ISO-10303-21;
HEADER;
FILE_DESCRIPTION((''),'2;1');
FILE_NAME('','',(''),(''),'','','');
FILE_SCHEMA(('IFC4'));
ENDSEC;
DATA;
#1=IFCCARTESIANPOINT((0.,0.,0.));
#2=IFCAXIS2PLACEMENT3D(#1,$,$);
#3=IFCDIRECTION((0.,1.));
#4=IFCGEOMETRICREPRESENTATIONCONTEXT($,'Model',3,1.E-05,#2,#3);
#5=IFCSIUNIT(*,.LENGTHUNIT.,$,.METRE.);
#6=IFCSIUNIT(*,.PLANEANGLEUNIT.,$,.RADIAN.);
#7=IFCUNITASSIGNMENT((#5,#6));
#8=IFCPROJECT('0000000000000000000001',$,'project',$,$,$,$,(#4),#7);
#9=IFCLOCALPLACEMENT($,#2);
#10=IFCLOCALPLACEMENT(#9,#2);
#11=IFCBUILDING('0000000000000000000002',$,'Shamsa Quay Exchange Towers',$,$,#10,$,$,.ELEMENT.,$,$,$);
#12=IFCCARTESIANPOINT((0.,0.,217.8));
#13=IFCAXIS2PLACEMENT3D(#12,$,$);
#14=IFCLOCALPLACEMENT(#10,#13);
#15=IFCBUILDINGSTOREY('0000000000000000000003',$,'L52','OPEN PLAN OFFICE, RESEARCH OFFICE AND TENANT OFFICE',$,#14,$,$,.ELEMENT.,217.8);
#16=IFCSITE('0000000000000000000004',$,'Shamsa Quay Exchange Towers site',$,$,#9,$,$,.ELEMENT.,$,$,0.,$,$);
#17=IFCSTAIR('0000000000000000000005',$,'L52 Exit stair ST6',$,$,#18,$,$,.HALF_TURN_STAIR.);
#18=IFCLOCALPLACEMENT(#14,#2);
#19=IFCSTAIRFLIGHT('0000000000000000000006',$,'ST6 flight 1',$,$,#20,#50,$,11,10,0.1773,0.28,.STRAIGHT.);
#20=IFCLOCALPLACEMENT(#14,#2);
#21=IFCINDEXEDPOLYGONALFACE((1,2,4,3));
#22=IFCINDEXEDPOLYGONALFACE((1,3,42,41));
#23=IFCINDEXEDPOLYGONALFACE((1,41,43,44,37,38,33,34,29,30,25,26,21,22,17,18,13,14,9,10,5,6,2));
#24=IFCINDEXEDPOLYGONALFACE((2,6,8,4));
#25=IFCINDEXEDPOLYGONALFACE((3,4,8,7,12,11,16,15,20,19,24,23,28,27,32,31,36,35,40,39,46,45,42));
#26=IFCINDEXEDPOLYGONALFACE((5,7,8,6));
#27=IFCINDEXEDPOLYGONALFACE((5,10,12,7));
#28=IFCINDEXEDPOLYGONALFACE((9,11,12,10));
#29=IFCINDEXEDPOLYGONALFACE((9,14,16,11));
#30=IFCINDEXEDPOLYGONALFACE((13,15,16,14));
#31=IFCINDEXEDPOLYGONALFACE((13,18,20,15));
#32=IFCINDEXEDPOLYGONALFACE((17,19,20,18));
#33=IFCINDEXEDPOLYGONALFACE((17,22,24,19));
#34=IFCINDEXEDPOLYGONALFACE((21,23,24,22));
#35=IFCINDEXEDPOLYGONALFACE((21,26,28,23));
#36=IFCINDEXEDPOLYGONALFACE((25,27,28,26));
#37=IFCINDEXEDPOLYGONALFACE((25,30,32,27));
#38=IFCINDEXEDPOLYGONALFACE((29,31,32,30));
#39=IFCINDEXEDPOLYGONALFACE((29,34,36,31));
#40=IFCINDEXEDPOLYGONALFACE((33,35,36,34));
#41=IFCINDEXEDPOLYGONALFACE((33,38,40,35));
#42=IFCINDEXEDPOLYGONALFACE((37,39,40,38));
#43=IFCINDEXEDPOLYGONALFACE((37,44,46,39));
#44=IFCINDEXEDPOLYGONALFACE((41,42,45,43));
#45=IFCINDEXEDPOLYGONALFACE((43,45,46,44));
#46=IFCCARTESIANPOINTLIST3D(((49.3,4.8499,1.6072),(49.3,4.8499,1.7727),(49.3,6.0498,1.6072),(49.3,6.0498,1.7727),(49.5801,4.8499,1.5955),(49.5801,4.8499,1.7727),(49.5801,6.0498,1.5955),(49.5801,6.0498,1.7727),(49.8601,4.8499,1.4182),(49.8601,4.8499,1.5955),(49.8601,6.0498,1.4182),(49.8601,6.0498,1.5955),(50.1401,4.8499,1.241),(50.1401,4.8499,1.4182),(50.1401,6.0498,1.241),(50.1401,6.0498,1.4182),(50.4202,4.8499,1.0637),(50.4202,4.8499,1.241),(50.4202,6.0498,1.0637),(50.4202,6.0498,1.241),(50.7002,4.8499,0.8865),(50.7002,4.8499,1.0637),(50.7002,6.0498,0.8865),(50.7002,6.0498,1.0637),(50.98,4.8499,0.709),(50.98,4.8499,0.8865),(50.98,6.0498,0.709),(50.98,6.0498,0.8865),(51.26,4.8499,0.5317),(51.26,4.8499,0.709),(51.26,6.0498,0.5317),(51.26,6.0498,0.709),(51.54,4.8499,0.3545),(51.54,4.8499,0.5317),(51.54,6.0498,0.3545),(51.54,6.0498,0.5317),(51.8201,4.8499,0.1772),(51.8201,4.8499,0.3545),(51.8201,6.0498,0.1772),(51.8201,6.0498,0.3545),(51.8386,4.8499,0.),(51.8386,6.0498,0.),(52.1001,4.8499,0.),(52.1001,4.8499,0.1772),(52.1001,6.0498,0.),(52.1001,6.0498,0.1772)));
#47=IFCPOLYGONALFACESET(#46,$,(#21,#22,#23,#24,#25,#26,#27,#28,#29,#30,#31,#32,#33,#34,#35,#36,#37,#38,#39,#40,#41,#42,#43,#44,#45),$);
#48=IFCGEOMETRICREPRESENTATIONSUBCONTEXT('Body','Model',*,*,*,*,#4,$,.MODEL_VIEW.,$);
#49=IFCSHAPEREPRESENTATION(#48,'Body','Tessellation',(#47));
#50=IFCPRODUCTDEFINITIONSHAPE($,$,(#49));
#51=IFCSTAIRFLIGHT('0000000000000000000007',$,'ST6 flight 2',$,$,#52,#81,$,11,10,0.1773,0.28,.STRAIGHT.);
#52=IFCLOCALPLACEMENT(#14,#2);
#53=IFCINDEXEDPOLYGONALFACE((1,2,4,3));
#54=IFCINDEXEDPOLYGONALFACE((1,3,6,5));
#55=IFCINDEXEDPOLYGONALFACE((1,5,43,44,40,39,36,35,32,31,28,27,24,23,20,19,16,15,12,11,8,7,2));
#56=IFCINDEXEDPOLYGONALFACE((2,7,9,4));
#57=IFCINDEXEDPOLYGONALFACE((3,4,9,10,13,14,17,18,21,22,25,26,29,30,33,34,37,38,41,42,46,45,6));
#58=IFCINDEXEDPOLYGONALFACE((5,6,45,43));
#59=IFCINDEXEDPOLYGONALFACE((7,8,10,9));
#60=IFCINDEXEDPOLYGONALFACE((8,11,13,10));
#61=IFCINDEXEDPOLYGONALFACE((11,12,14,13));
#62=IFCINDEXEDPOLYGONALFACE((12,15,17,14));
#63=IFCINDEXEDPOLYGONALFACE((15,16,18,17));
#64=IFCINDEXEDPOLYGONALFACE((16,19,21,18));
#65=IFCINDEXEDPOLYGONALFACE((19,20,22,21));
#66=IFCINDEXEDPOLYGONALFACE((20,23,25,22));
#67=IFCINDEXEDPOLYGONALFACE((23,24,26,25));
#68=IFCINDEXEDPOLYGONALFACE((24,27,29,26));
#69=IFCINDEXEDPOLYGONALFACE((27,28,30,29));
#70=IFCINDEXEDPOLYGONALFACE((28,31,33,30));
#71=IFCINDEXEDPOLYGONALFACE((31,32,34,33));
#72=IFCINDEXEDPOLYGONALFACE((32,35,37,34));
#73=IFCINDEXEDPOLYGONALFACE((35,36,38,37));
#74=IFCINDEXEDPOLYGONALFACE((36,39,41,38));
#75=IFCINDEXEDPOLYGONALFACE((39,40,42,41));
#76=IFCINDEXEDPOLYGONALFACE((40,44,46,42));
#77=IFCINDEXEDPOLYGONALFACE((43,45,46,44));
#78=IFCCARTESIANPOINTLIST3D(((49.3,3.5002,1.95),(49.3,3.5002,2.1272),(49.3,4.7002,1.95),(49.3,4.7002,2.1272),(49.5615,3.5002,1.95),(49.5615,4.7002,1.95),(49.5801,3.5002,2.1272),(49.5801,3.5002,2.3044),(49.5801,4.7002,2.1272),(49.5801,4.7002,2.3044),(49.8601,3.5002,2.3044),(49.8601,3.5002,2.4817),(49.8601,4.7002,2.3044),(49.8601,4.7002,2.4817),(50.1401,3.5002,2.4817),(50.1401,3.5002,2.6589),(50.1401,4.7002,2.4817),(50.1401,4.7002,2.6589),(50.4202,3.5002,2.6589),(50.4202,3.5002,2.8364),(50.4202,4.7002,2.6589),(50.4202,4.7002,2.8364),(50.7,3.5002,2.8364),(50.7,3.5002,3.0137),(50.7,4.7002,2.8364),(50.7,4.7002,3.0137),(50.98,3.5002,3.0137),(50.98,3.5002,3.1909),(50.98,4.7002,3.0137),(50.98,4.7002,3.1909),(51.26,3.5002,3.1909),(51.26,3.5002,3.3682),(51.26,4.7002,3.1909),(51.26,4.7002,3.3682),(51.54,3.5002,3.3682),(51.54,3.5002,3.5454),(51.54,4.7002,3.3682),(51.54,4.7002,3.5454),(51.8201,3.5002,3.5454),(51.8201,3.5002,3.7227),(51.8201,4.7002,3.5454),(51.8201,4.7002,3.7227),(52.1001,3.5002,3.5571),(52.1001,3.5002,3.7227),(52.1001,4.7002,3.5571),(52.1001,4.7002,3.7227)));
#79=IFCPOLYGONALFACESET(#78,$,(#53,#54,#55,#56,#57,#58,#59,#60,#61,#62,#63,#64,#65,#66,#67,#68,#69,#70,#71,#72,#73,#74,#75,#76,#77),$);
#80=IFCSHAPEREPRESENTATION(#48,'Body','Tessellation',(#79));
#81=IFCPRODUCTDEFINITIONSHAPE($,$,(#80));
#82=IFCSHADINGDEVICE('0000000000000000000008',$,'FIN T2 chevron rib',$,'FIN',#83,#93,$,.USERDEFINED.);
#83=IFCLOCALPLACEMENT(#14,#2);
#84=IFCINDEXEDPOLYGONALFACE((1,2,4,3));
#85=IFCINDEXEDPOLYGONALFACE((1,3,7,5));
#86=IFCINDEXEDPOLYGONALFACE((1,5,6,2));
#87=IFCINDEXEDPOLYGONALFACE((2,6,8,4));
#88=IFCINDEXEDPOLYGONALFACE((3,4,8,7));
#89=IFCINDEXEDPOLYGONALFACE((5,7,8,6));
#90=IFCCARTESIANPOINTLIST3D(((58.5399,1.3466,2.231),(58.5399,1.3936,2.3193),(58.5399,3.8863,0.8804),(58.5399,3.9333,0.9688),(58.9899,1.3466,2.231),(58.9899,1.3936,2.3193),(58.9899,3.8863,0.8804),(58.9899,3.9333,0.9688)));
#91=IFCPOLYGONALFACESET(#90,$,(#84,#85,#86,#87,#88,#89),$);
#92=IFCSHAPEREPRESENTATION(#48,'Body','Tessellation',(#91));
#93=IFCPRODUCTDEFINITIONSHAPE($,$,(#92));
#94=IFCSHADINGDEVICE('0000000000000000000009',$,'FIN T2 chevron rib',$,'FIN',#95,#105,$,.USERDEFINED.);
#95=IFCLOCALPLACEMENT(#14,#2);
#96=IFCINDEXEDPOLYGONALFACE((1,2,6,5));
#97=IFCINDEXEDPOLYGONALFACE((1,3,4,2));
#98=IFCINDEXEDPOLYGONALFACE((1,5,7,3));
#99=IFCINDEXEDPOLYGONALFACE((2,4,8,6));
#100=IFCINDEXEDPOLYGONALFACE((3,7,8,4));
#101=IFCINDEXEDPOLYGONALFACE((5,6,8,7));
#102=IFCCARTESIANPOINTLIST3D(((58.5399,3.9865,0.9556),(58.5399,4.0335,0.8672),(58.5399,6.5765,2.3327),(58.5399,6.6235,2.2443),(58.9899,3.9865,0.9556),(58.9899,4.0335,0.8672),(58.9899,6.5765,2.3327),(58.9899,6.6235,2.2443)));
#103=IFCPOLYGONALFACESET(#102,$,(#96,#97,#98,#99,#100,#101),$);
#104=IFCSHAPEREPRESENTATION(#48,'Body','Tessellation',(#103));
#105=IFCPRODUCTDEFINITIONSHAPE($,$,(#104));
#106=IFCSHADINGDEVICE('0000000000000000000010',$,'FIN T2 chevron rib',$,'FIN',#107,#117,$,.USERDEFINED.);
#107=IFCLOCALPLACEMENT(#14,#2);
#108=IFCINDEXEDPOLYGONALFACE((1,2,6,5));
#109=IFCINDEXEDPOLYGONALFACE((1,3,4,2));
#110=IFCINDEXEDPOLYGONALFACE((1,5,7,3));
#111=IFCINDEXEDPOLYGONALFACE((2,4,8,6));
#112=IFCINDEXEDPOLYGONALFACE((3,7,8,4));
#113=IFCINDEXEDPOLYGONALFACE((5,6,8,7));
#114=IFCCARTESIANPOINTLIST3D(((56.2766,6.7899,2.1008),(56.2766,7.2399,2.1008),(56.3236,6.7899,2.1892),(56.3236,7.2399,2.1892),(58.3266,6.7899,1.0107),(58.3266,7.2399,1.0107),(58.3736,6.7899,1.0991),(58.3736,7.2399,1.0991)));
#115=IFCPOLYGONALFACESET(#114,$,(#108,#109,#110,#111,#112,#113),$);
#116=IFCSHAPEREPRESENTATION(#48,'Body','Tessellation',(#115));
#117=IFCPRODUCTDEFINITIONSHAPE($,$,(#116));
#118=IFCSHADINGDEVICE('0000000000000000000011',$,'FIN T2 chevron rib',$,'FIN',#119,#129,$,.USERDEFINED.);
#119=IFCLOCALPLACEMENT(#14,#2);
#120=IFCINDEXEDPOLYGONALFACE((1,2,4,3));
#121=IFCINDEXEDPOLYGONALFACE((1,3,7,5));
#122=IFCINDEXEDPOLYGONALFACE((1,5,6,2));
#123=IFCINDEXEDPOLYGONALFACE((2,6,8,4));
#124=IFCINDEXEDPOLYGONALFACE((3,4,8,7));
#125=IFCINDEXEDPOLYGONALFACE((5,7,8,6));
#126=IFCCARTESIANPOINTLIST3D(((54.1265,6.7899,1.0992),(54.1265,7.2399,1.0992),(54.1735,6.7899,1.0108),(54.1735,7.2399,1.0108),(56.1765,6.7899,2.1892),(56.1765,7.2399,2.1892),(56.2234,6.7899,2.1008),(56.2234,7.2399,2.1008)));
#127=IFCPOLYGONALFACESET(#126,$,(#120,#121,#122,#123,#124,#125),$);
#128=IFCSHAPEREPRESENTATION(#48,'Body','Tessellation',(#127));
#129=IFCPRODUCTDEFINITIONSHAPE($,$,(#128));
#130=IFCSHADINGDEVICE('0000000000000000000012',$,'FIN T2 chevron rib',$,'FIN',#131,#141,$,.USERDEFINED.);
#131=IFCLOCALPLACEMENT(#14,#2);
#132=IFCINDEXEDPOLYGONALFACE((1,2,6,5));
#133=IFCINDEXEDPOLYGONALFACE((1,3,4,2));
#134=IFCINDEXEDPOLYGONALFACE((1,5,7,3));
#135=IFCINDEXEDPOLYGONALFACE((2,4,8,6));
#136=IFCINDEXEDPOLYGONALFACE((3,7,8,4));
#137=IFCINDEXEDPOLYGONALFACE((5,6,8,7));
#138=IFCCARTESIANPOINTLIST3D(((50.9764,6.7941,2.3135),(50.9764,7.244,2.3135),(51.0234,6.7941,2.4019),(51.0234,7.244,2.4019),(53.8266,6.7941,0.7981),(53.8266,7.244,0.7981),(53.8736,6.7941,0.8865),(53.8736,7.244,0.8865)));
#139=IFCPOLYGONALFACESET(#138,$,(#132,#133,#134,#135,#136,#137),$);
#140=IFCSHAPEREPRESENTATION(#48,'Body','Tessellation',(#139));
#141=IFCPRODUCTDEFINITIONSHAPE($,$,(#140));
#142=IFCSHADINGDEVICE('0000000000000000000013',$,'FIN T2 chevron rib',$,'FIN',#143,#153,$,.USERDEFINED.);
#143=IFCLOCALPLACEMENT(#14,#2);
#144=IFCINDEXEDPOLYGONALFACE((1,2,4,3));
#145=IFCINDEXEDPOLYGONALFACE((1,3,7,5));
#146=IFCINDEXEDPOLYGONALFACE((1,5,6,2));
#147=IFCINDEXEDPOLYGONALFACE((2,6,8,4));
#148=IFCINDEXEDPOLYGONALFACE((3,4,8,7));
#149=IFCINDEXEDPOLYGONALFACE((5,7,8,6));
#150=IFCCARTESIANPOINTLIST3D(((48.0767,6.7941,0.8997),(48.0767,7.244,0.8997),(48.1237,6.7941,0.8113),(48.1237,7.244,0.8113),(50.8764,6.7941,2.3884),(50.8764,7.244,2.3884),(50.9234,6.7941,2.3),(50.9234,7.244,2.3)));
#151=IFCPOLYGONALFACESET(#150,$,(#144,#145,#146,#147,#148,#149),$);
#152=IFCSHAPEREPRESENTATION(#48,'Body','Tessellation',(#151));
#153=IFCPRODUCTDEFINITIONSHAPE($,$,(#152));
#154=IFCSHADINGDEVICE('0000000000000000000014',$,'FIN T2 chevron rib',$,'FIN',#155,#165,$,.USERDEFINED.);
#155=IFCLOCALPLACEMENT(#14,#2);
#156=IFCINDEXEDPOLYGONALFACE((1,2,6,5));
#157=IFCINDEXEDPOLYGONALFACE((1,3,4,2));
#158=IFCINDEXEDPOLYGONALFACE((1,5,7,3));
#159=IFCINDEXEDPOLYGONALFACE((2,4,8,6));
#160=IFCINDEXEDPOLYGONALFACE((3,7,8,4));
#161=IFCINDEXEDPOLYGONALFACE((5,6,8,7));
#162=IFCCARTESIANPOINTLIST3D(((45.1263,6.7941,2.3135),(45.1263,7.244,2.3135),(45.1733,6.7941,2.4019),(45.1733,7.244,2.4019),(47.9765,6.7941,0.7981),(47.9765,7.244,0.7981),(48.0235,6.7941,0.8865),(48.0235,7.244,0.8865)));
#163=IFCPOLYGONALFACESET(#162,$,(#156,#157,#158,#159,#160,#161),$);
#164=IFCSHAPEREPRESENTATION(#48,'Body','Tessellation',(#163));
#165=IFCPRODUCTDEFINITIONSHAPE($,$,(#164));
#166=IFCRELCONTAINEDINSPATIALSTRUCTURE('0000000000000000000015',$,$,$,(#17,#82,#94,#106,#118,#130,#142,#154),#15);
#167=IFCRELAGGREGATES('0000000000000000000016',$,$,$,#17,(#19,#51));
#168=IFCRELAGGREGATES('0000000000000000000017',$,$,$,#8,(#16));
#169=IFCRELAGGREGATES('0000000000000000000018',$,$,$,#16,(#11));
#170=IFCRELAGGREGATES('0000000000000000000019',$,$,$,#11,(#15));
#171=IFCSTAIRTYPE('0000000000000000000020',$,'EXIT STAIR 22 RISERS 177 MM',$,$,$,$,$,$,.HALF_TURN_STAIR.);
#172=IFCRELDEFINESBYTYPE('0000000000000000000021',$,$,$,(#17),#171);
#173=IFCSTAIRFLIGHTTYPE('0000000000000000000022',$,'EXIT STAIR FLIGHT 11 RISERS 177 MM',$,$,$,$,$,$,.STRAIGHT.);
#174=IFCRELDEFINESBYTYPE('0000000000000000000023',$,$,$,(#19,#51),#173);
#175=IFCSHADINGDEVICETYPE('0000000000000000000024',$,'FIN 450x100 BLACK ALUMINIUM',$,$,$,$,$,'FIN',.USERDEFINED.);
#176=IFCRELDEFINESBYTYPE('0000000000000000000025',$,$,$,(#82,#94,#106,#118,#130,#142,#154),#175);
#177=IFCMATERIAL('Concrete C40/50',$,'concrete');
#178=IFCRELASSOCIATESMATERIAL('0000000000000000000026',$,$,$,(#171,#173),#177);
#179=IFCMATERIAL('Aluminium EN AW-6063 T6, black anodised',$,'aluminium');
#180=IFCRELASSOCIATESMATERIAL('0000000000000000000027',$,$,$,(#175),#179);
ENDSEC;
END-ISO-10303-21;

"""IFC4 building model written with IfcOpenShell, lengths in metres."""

from ifc_helpers import new_model, si_unit, direction, frame, origin, origin_2d, place, context, subcontext, project, spatial, polyline, rectangle, outline, extrude, material, material_profile, profile_set, type_object, element, aggregate, save


model = new_model("IFC4")

# Units and contexts
model_context = context("Model", 3, precision=1e-05, world=origin(), true_north=direction((0.0, 1.0)))
body_context = subcontext(model_context, "Body", "Model", "MODEL_VIEW")
ifc_project = project(units=[si_unit("LENGTHUNIT", "METRE"), si_unit("PLANEANGLEUNIT", "RADIAN")], contexts=[model_context])

# Site, building, storey
site_placement = place(None, origin())
site = spatial("IfcSite", under=ifc_project, at=site_placement, Name="Shamsa Quay Exchange Towers site", CompositionType="ELEMENT", RefElevation=0.0)
building_placement = place(site_placement, origin())
building = spatial("IfcBuilding", under=site, at=building_placement, Name="Shamsa Quay Exchange Towers", CompositionType="ELEMENT")
storey_placement = place(building_placement, frame((0.0, 0.0, 217.8)))
storey = spatial("IfcBuildingStorey", under=building, at=storey_placement, Name="L52", Description="OPEN PLAN OFFICE, RESEARCH OFFICE AND TENANT OFFICE", CompositionType="ELEMENT", Elevation=217.8)

# Shared definitions
ifc_material_1 = material(Name="Aluminium EN AW-6063 T6, black anodised", Category="aluminium")

# Stair, stair flights
ifc_material_2 = material(Name="Concrete C40/50", Category="concrete")
stair_type = type_object("IfcStairType", Name="EXIT STAIR 22 RISERS 177 MM", PredefinedType="HALF_TURN_STAIR", material=ifc_material_2)
stair_placement = place(storey_placement, origin())
stair = element("IfcStair", 1, at=stair_placement, inside=storey, type_object=stair_type, Name="L52 Exit stair ST6", PredefinedType="HALF_TURN_STAIR")
stair_flight_type = type_object("IfcStairFlightType", Name="EXIT STAIR FLIGHT 11 RISERS 177 MM", PredefinedType="STRAIGHT", material=ifc_material_2)
stair_flight_1_placement = place(storey_placement, frame((52.1001, 5.45, 0.0), z_axis=(0.0, 0.0, 1.0), x_axis=(-1.0, 0.0, 0.0)))
stair_flight_1 = element("IfcStairFlight", 2, at=stair_flight_1_placement, type_object=stair_flight_type, Name="ST6 flight 1", NumberOfRisers=11, NumberOfTreads=10, PredefinedType="STRAIGHT", RiserHeight=0.1773, TreadLength=0.28, context=body_context, shape_type="SweptSolid", body=[
    extrude(outline(polyline([(0.0, 0.0), (0.0, 0.1772), (0.28, 0.1772), (0.28, 0.3545), (0.5601, 0.3545), (0.5601, 0.5317), (0.8401, 0.5317), (0.8401, 0.709), (1.1201, 0.709), (1.1201, 0.8865), (1.3999, 0.8865), (1.3999, 1.0637), (1.6799, 1.0637), (1.6799, 1.241), (1.96, 1.241), (1.96, 1.4182), (2.24, 1.4182), (2.24, 1.5955), (2.52, 1.5955), (2.52, 1.7727), (2.8, 1.7727), (2.8, 1.95), (2.8, 1.6072), (0.2615, 0.0), (0.0, 0.0)])), frame((0.0, 0.6001, 0.0), z_axis=(0.0, -1.0, 0.0), x_axis=(1.0, 0.0, 0.0)), (0.0, 0.0, 1.0), 1.2),
])
stair_flight_2_placement = place(storey_placement, frame((49.3, 4.1001, 1.95)))
stair_flight_2 = element("IfcStairFlight", 3, at=stair_flight_2_placement, type_object=stair_flight_type, Name="ST6 flight 2", NumberOfRisers=11, NumberOfTreads=10, PredefinedType="STRAIGHT", RiserHeight=0.1773, TreadLength=0.28, context=body_context, shape_type="SweptSolid", body=[
    extrude(outline(polyline([(0.0, 0.0), (0.0, 0.1772), (0.28, 0.1772), (0.28, 0.3545), (0.5601, 0.3545), (0.5601, 0.5317), (0.8401, 0.5317), (0.8401, 0.709), (1.1201, 0.709), (1.1201, 0.8865), (1.3999, 0.8865), (1.3999, 1.0637), (1.6799, 1.0637), (1.6799, 1.241), (1.96, 1.241), (1.96, 1.4182), (2.24, 1.4182), (2.24, 1.5955), (2.52, 1.5955), (2.52, 1.7727), (2.8, 1.7727), (2.8, 1.95), (2.8, 1.6072), (0.2615, 0.0), (0.0, 0.0)])), frame((0.0, 0.6001, 0.0), z_axis=(0.0, -1.0, 0.0), x_axis=(1.0, 0.0, 0.0)), (0.0, 0.0, 1.0), 1.2),
])
aggregate(stair, [stair_flight_1, stair_flight_2])

# Shading devices
ifc_material_profile_1 = material_profile(ifc_material_1, rectangle(XDim=0.45, YDim=0.1001, at=origin_2d()), Name="FIN450x100")
ifc_profile_set_1 = profile_set([ifc_material_profile_1], Name="Aluminium EN AW-6063 T6, black anodised")
shading_device_type = type_object("IfcShadingDeviceType", Name="FIN 450x100 BLACK ALUMINIUM", ElementType="FIN", PredefinedType="USERDEFINED", material=ifc_profile_set_1)
shading_device_1_placement = place(storey_placement, frame((58.7649, 1.3701, 2.2751), z_axis=(0.0, 0.882926, -0.469513), x_axis=(-1.0, 0.0, 0.0)))
element("IfcShadingDevice", 4, at=shading_device_1_placement, inside=storey, type_object=shading_device_type, Name="FIN T2 chevron rib", ObjectType="FIN", PredefinedType="USERDEFINED", context=body_context, shape_type="SweptSolid", body=[
    extrude(rectangle(XDim=0.45, YDim=0.1001, at=origin_2d()), origin(), (0.0, 0.0, 1.0), 2.8765),
])
shading_device_2_placement = place(storey_placement, frame((58.7649, 4.01, 0.9114), z_axis=(0.0, 0.882944, 0.469478), x_axis=(-1.0, 0.0, 0.0)))
element("IfcShadingDevice", 5, at=shading_device_2_placement, inside=storey, type_object=shading_device_type, Name="FIN T2 chevron rib", ObjectType="FIN", PredefinedType="USERDEFINED", context=body_context, shape_type="SweptSolid", body=[
    extrude(rectangle(XDim=0.45, YDim=0.1001, at=origin_2d()), origin(), (0.0, 0.0, 1.0), 2.9333),
])
for number, where, z_axis, x_axis, name in (
    (6, (58.3501, 7.0149, 1.0549), (-0.882937, 0.0, 0.469491), (0.0, -1.0, 0.0), "FIN T2 chevron rib"),
    (7, (56.2, 7.0149, 2.145), (-0.882937, 0.0, -0.469491), (0.0, -1.0, 0.0), "FIN T2 chevron rib"),
):
    element("IfcShadingDevice", number, at=place(storey_placement, frame(where, z_axis=z_axis, x_axis=x_axis)), inside=storey, type_object=shading_device_type, Name=name, ObjectType="FIN", PredefinedType="USERDEFINED", context=body_context, shape_type="SweptSolid", body=[
        extrude(rectangle(XDim=0.45, YDim=0.1001, at=origin_2d()), origin(), (0.0, 0.0, 1.0), 2.3218),
    ])
shading_device_3_placement = place(storey_placement, frame((53.8501, 7.019, 0.8423), z_axis=(-0.882953, 0.0, 0.469461), x_axis=(0.0, -1.0, 0.0)))
element("IfcShadingDevice", 8, at=shading_device_3_placement, inside=storey, type_object=shading_device_type, Name="FIN T2 chevron rib", ObjectType="FIN", PredefinedType="USERDEFINED", context=body_context, shape_type="SweptSolid", body=[
    extrude(rectangle(XDim=0.45, YDim=0.1001, at=origin_2d()), origin(), (0.0, 0.0, 1.0), 3.228),
])
shading_device_4_placement = place(storey_placement, frame((50.8999, 7.019, 2.3442), z_axis=(-0.882936, 0.0, -0.469493), x_axis=(0.0, -1.0, 0.0)))
element("IfcShadingDevice", 9, at=shading_device_4_placement, inside=storey, type_object=shading_device_type, Name="FIN T2 chevron rib", ObjectType="FIN", PredefinedType="USERDEFINED", context=body_context, shape_type="SweptSolid", body=[
    extrude(rectangle(XDim=0.45, YDim=0.1001, at=origin_2d()), origin(), (0.0, 0.0, 1.0), 3.1709),
])
shading_device_5_placement = place(storey_placement, frame((48.0, 7.019, 0.8423), z_axis=(-0.882953, 0.0, 0.469461), x_axis=(0.0, -1.0, 0.0)))
element("IfcShadingDevice", 10, at=shading_device_5_placement, inside=storey, type_object=shading_device_type, Name="FIN T2 chevron rib", ObjectType="FIN", PredefinedType="USERDEFINED", context=body_context, shape_type="SweptSolid", body=[
    extrude(rectangle(XDim=0.45, YDim=0.1001, at=origin_2d()), origin(), (0.0, 0.0, 1.0), 3.228),
])

save(model, "model.ifc")
